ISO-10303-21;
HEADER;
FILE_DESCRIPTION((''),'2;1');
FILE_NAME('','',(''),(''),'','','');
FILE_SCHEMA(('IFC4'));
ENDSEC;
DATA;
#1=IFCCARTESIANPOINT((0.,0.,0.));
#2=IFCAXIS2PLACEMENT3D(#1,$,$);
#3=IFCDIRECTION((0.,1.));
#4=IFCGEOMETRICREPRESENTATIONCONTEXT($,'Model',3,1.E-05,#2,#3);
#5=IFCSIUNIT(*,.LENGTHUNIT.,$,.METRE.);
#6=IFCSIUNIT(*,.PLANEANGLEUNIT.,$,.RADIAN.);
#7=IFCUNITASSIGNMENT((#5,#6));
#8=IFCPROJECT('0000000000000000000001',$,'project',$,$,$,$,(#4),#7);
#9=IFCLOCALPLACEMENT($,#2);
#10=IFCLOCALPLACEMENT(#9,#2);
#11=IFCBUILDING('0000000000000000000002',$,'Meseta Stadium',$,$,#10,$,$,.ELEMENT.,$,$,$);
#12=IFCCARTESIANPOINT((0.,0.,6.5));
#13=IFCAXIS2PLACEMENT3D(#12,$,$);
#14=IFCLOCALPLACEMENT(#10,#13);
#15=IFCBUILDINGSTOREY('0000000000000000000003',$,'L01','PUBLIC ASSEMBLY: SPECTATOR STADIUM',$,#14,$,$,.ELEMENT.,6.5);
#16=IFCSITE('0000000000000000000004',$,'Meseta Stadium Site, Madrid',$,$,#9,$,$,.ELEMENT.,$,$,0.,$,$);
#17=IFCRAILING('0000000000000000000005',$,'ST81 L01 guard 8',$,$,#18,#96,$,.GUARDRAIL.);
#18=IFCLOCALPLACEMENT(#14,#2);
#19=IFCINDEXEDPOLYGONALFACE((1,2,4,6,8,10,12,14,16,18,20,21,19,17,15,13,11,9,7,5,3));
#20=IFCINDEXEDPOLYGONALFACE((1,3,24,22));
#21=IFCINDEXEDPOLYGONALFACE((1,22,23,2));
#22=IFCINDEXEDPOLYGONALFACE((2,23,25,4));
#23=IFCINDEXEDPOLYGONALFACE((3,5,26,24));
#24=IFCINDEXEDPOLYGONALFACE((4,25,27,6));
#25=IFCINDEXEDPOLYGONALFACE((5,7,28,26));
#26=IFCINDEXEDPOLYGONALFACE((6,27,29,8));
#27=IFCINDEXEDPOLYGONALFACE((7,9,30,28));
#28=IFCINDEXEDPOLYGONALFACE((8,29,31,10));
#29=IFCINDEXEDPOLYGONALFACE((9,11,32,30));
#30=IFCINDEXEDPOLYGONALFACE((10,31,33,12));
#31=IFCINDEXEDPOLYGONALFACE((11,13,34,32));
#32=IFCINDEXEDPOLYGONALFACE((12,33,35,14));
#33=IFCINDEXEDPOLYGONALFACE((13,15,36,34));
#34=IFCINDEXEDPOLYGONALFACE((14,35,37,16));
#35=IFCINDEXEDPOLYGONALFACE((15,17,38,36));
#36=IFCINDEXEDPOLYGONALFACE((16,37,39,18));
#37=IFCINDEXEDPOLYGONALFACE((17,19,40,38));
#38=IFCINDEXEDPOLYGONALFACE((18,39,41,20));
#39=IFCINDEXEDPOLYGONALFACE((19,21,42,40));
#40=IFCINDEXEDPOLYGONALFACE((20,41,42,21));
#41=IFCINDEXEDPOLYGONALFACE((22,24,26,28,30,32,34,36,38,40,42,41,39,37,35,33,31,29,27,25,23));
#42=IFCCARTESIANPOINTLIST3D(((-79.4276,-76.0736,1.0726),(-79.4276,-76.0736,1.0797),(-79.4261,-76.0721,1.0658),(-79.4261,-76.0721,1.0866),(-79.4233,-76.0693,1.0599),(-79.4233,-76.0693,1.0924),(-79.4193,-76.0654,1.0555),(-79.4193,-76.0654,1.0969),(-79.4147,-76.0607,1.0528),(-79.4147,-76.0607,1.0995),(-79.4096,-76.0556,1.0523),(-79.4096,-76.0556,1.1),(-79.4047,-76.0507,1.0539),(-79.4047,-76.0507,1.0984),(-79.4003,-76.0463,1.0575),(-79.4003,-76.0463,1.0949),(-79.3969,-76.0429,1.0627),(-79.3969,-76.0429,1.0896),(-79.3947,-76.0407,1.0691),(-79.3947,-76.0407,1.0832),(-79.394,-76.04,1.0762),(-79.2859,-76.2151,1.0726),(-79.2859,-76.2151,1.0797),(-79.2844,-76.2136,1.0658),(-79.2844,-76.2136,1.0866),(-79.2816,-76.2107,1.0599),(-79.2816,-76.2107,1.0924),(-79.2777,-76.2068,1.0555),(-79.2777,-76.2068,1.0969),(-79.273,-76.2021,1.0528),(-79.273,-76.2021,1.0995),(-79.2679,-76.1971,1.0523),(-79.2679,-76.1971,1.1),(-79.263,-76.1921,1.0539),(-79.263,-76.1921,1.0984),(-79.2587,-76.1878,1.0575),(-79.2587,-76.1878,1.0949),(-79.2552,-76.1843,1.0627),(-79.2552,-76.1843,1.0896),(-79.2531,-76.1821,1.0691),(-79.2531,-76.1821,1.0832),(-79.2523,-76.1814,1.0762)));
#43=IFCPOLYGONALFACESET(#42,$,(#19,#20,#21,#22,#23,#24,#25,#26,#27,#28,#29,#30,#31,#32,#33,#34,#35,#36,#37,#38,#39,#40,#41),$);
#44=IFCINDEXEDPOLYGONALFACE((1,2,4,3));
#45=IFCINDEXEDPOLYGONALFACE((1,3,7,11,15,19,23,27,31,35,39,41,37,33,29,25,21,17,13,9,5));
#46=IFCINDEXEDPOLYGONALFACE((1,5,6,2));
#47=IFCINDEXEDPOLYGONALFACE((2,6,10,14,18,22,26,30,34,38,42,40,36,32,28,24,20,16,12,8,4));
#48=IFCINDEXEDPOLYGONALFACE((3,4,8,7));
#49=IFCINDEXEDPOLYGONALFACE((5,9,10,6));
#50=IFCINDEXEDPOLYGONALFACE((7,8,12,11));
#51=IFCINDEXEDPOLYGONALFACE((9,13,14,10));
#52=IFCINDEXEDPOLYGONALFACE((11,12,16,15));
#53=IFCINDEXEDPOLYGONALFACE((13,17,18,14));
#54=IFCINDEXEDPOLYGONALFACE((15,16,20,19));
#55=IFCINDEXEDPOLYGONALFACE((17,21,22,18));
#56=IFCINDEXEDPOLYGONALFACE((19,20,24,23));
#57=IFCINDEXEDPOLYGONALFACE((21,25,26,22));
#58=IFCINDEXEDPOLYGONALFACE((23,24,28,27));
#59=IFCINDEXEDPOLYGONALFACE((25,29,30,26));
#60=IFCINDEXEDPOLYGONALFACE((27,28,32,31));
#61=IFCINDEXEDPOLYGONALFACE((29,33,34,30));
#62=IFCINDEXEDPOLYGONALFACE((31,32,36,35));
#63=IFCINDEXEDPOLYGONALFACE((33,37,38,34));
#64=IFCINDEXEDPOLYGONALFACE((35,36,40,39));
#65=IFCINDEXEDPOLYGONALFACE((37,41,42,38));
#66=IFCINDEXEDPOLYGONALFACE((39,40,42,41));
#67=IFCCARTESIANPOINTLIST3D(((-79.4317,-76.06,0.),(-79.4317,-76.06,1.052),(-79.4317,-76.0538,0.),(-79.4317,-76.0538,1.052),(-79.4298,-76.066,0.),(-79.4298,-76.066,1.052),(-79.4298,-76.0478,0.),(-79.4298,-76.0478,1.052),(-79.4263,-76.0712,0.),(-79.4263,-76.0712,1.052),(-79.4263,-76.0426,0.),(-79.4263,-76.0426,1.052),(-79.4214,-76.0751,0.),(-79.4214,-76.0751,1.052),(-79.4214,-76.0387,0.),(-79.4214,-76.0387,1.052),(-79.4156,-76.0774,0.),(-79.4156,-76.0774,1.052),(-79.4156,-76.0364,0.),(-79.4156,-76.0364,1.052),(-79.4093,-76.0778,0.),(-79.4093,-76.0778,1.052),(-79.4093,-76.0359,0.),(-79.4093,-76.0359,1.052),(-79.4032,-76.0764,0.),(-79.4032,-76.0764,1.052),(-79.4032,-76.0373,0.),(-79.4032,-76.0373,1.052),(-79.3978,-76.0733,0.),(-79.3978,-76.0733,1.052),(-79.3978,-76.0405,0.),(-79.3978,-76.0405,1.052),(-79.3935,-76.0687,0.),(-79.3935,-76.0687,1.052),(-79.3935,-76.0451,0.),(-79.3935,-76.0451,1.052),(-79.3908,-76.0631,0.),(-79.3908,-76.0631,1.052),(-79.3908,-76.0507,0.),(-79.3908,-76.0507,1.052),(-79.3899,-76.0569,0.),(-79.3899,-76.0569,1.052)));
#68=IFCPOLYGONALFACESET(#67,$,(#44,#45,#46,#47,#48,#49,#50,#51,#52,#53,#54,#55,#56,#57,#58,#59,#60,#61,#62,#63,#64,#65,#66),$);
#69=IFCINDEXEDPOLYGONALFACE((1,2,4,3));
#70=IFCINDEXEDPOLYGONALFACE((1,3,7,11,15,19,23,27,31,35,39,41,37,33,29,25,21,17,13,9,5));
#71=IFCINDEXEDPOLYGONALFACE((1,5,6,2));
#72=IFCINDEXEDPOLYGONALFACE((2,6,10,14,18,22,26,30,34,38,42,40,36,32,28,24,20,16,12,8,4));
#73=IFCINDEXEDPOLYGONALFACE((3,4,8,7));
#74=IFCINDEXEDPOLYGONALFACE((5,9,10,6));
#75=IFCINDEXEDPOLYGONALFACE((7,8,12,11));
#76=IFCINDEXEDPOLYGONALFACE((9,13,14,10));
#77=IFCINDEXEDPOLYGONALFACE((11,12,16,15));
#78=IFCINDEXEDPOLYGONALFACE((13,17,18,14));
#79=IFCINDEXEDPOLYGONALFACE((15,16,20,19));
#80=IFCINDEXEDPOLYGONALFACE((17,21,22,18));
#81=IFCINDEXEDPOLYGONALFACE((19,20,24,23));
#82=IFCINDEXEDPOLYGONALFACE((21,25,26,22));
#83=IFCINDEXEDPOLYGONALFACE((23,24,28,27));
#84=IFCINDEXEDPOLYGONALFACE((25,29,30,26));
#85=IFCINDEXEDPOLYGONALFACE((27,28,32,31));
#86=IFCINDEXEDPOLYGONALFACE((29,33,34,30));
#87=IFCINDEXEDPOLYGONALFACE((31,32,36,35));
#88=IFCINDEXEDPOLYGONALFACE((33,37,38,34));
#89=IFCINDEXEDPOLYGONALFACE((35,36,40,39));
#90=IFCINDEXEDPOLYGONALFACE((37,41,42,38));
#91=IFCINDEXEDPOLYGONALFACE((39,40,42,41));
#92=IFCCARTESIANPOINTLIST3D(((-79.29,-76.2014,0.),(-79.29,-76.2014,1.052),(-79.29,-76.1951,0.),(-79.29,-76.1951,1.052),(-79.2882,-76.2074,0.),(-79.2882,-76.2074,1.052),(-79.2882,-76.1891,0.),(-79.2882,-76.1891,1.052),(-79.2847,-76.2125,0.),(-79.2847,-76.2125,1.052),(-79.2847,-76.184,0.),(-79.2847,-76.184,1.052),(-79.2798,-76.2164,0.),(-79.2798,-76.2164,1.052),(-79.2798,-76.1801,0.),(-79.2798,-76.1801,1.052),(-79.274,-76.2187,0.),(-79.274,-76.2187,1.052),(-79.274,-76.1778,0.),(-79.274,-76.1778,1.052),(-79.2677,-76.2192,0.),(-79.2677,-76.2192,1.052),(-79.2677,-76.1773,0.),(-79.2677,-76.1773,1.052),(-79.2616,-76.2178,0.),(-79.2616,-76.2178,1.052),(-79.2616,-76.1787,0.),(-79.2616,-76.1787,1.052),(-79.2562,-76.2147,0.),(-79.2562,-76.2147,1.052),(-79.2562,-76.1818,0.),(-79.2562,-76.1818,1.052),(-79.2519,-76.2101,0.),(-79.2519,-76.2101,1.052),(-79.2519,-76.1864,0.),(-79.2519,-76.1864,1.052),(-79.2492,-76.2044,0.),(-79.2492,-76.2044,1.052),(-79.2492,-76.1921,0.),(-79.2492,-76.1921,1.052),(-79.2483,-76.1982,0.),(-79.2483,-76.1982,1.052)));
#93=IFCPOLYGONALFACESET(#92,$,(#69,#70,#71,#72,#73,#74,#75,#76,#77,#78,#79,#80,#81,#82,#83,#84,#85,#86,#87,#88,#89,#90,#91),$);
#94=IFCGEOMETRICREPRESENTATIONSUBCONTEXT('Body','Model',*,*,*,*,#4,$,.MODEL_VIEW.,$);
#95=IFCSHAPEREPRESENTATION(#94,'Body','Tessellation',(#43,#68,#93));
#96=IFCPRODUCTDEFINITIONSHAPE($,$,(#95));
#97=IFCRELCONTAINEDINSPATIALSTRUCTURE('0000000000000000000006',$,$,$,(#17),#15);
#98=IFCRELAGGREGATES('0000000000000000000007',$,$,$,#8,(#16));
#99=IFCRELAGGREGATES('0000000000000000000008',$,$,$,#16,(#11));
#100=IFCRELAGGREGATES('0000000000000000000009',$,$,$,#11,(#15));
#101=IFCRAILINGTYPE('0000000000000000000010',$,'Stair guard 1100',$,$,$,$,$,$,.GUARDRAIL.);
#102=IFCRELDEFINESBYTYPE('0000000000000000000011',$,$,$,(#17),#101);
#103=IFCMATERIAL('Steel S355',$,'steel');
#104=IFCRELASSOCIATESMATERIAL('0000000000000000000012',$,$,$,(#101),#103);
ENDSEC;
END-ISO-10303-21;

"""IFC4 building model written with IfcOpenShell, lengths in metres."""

from ifc_helpers import new_model, si_unit, direction, frame, origin, origin_2d, place, context, subcontext, project, spatial, circle, extrude, material, type_object, element, save


model = new_model("IFC4")

# Units and contexts
model_context = context("Model", 3, precision=1e-05, world=origin(), true_north=direction((0.0, 1.0)))
body_context = subcontext(model_context, "Body", "Model", "MODEL_VIEW")
ifc_project = project(units=[si_unit("LENGTHUNIT", "METRE"), si_unit("PLANEANGLEUNIT", "RADIAN")], contexts=[model_context])

# Site, building, storey
site_placement = place(None, origin())
site = spatial("IfcSite", under=ifc_project, at=site_placement, Name="Meseta Stadium Site, Madrid", CompositionType="ELEMENT", RefElevation=0.0)
building_placement = place(site_placement, origin())
building = spatial("IfcBuilding", under=site, at=building_placement, Name="Meseta Stadium", CompositionType="ELEMENT")
storey_placement = place(building_placement, frame((0.0, 0.0, 6.5)))
storey = spatial("IfcBuildingStorey", under=building, at=storey_placement, Name="L01", Description="PUBLIC ASSEMBLY: SPECTATOR STADIUM", CompositionType="ELEMENT", Elevation=6.5)

# Railing
ifc_material_1 = material(Name="Steel S355", Category="steel")
railing_type_1 = type_object("IfcRailingType", Name="Stair guard 1100", PredefinedType="GUARDRAIL", material=ifc_material_1)
railing_1_placement = place(storey_placement, frame((-79.4109, -76.0569, 0.0)))
element("IfcRailing", 1, at=railing_1_placement, inside=storey, type_object=railing_type_1, Name="ST81 L01 guard 8", PredefinedType="GUARDRAIL", context=body_context, shape_type="SweptSolid", body=[
    extrude(circle(Radius=0.0239, at=origin_2d()), frame((0.0, 0.0, 1.0762), z_axis=(0.707717, -0.706496, 0.0), x_axis=(0.706496, 0.707717, 0.0)), (0.0, 0.0, 1.0), 0.2002),
    extrude(circle(Radius=0.021, at=origin_2d()), origin(), (0.0, 0.0, 1.0), 1.052),
    extrude(circle(Radius=0.021, at=origin_2d()), frame((0.1416, -0.1414, 0.0)), (0.0, 0.0, 1.0), 1.052),
])

save(model, "model.ifc")
